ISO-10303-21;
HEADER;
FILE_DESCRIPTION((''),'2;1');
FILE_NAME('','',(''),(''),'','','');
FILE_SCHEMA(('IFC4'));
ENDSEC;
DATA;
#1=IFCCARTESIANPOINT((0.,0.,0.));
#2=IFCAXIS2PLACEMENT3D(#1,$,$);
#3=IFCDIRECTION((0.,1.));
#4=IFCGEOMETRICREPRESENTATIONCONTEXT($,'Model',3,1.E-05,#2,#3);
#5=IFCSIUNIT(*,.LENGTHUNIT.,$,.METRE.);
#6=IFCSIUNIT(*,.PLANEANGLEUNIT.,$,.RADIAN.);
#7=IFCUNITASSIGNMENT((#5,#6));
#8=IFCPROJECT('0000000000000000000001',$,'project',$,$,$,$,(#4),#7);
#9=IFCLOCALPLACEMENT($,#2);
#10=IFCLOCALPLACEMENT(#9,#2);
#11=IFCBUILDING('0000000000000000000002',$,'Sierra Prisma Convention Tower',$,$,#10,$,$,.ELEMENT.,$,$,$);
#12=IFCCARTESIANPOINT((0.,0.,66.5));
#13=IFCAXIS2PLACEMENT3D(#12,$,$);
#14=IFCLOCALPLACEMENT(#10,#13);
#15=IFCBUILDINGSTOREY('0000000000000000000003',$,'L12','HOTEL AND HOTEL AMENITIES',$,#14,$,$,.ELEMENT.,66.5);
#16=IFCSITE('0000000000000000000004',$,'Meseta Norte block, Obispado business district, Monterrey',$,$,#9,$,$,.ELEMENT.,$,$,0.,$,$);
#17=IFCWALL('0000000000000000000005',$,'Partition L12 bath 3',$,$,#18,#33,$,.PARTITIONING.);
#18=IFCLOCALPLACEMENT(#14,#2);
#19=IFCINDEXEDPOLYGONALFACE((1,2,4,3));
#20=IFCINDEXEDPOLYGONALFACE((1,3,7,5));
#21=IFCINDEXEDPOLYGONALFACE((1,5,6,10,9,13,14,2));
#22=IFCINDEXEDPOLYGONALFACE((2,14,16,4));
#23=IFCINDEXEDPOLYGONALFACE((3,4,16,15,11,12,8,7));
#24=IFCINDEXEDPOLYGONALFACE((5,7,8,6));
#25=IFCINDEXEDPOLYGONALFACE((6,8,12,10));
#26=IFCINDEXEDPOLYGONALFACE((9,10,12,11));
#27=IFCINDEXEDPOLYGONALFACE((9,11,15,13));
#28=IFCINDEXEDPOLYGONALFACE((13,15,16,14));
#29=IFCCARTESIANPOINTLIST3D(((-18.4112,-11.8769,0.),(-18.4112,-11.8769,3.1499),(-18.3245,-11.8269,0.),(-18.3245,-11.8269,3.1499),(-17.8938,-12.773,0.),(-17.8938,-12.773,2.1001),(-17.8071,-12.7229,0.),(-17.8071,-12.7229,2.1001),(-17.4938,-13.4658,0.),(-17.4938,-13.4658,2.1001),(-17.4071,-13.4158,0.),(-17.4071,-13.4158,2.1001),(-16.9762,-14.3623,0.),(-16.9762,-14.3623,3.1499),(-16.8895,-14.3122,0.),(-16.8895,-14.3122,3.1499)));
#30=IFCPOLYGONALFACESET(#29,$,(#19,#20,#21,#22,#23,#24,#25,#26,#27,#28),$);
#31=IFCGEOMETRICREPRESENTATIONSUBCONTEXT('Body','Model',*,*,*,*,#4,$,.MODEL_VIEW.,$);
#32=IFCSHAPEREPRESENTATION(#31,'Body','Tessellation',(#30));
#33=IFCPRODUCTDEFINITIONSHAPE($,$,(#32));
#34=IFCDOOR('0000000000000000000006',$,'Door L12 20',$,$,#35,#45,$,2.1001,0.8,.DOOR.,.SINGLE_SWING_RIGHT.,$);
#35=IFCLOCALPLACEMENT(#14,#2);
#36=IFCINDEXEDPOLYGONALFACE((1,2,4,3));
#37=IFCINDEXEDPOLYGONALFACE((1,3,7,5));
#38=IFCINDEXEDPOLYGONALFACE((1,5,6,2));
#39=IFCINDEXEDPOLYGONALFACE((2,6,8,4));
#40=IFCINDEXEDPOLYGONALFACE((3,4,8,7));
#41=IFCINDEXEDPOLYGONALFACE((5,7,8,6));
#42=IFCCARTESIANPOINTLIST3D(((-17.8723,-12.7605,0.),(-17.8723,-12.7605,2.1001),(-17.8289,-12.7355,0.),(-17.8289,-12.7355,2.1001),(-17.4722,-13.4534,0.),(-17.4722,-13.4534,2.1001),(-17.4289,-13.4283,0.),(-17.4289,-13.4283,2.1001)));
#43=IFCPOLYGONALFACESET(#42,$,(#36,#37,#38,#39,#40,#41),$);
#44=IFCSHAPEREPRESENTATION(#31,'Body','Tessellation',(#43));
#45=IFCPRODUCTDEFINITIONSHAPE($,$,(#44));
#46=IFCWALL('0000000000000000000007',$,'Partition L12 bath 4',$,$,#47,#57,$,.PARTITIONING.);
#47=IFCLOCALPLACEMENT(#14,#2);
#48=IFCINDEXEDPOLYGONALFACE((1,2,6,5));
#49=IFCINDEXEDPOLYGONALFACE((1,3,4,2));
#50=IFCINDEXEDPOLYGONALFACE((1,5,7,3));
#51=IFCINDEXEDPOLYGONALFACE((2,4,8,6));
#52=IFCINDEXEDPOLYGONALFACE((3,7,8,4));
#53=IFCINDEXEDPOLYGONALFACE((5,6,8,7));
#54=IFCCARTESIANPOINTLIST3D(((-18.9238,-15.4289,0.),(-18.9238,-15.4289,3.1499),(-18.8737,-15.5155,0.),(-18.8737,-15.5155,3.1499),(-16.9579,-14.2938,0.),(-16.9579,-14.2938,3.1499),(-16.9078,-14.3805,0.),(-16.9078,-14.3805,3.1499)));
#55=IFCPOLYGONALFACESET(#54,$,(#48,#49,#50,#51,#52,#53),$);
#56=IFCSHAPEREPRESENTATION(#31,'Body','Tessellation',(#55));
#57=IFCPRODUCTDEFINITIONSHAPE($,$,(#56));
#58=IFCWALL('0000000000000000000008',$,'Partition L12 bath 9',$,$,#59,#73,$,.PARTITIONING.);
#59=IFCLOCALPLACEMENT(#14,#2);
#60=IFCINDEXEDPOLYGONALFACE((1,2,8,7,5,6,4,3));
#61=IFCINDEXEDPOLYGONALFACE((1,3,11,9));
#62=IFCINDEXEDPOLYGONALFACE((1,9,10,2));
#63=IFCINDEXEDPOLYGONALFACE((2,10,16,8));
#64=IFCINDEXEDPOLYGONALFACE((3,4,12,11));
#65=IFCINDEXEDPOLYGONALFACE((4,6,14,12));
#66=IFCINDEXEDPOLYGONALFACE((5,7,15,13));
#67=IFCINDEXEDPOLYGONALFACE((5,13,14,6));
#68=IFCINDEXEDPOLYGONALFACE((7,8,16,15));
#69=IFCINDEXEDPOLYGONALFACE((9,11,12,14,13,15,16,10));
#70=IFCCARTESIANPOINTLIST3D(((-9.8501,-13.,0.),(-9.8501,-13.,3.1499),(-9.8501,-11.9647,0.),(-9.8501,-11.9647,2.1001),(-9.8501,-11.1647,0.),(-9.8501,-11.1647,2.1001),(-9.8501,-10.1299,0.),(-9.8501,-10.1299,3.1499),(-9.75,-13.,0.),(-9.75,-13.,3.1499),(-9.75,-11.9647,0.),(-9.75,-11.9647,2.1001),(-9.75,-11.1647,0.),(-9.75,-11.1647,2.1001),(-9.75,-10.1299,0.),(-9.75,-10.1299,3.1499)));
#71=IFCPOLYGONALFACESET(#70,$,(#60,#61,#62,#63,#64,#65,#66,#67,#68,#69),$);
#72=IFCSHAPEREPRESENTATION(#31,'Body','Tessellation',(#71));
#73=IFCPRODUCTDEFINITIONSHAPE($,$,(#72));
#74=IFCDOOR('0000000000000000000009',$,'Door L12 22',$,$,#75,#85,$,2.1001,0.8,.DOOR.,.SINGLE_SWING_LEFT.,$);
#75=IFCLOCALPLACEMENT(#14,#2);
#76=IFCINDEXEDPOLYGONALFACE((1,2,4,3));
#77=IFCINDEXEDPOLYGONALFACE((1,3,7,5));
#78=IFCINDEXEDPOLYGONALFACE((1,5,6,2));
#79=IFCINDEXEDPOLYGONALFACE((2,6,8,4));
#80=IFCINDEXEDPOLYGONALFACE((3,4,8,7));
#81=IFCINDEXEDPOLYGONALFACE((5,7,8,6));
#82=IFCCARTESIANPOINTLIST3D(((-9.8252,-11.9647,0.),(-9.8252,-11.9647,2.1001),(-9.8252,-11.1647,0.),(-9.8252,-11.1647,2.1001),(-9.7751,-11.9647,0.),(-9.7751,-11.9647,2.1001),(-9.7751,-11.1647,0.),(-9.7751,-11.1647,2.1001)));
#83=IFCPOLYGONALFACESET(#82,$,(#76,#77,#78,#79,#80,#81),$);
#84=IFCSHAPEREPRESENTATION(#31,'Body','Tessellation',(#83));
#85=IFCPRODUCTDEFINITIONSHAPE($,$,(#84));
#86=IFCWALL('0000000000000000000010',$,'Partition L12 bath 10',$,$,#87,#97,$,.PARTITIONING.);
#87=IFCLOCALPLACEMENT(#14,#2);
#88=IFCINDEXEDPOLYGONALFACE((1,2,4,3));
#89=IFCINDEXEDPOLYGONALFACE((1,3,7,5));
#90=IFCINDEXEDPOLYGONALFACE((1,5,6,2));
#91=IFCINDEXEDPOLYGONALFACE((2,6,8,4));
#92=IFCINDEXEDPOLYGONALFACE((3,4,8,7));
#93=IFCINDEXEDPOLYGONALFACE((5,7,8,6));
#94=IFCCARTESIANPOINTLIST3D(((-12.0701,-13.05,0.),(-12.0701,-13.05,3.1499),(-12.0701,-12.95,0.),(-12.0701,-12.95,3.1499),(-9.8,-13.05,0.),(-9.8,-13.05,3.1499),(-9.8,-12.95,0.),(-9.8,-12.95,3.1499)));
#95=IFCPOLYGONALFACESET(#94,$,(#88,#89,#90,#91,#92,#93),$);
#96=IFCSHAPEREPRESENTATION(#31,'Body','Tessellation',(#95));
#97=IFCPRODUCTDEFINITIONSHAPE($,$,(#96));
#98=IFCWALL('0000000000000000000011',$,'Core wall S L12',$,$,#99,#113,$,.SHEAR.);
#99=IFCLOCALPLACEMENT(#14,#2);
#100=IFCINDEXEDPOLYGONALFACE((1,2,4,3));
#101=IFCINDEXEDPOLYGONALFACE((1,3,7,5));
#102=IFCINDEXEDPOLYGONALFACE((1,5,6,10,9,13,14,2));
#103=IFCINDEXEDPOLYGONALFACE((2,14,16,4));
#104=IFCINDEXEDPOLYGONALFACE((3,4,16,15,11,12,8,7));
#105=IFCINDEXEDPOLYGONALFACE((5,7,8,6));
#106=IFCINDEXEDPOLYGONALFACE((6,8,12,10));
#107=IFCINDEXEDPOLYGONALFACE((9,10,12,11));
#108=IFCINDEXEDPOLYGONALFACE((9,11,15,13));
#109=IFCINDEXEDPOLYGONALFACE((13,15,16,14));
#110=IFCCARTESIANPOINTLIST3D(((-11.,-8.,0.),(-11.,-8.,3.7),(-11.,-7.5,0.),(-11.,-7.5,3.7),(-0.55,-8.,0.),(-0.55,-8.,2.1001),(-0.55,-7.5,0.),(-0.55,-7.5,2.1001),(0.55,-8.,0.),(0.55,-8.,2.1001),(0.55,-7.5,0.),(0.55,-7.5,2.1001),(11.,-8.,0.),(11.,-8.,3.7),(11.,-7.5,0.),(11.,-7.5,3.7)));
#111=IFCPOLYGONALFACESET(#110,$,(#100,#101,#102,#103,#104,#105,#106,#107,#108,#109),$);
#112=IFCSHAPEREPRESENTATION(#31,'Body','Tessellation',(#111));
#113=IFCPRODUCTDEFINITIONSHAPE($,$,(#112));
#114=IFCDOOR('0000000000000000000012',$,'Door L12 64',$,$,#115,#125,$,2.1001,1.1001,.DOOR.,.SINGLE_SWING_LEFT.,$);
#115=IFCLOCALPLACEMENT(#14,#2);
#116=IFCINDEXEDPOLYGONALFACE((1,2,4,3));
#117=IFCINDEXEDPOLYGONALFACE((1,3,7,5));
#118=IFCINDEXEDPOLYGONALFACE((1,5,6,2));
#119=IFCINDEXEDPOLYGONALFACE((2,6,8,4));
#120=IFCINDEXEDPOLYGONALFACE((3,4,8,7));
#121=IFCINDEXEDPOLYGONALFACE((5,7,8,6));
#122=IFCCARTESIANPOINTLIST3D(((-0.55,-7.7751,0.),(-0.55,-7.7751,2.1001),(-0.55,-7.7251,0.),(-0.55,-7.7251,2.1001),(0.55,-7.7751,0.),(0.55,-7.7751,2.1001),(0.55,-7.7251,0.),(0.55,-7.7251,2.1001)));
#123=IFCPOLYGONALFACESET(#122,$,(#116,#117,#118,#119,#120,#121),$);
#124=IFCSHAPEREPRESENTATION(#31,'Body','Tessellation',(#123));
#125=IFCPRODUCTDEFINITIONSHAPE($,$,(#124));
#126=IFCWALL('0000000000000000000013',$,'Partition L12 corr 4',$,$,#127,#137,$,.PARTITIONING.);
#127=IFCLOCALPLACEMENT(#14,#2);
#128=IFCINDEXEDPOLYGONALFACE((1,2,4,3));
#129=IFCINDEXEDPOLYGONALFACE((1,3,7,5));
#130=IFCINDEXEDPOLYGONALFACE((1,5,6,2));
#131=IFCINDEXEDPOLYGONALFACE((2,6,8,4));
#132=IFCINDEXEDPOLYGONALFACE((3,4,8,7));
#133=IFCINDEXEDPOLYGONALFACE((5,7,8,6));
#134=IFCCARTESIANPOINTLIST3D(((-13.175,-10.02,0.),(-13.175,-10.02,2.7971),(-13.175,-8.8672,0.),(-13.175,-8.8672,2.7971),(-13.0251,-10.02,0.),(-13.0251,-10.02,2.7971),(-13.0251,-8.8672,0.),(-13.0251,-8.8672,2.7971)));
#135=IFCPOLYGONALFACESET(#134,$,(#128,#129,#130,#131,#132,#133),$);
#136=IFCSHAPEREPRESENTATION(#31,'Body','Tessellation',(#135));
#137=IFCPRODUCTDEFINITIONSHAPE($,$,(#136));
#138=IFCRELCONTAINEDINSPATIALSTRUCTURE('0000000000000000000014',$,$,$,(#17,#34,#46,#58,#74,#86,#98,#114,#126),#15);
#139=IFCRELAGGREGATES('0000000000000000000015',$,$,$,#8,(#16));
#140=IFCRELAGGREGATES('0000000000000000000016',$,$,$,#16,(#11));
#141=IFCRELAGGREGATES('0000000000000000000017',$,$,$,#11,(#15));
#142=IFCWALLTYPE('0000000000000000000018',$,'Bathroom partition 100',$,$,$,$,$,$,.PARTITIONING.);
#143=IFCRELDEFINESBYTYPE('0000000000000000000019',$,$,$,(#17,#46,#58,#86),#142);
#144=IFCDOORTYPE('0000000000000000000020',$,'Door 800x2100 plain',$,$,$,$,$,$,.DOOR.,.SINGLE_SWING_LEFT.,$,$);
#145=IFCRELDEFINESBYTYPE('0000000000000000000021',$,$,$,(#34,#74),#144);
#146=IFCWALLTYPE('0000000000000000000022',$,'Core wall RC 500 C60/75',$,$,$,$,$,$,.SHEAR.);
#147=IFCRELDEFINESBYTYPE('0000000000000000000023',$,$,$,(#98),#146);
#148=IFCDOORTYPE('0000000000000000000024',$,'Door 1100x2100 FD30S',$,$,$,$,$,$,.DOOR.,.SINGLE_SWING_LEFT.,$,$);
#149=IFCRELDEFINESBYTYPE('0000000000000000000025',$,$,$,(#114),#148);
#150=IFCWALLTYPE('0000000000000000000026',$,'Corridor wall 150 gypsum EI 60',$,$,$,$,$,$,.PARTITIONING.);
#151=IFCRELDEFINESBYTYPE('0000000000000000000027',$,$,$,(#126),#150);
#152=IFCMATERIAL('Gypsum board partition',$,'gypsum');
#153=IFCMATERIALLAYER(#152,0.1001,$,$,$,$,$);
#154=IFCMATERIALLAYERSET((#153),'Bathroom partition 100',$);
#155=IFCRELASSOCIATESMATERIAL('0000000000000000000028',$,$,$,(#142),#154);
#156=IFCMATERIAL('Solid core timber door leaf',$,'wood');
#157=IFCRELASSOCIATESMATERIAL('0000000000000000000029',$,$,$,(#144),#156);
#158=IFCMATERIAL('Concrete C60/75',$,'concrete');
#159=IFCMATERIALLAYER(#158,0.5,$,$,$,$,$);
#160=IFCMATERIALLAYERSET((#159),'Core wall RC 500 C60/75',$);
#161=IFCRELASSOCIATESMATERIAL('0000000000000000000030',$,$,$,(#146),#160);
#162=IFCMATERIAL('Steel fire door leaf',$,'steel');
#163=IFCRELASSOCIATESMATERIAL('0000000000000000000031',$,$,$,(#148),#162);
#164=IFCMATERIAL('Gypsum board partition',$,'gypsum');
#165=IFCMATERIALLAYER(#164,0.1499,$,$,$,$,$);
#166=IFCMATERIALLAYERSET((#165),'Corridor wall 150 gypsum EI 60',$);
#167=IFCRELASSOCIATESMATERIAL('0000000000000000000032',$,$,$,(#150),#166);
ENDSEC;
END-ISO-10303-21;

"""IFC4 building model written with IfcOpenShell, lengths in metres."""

from ifc_helpers import new_model, si_unit, direction, frame, frame_2d, origin, place, context, subcontext, project, spatial, rectangle, extrude, material, layer, layer_set, type_object, element, fill, save


model = new_model("IFC4")

# Units and contexts
model_context = context("Model", 3, precision=1e-05, world=origin(), true_north=direction((0.0, 1.0)))
body_context = subcontext(model_context, "Body", "Model", "MODEL_VIEW")
ifc_project = project(units=[si_unit("LENGTHUNIT", "METRE"), si_unit("PLANEANGLEUNIT", "RADIAN")], contexts=[model_context])

# Site, building, storey
site_placement = place(None, origin())
site = spatial("IfcSite", under=ifc_project, at=site_placement, Name="Meseta Norte block, Obispado business district, Monterrey", CompositionType="ELEMENT", RefElevation=0.0)
building_placement = place(site_placement, origin())
building = spatial("IfcBuilding", under=site, at=building_placement, Name="Sierra Prisma Convention Tower", CompositionType="ELEMENT")
storey_placement = place(building_placement, frame((0.0, 0.0, 66.5)))
storey = spatial("IfcBuildingStorey", under=building, at=storey_placement, Name="L12", Description="HOTEL AND HOTEL AMENITIES", CompositionType="ELEMENT", Elevation=66.5)

# Wall, opening, door
ifc_material_1 = material(Name="Gypsum board partition", Category="gypsum")
ifc_layer_1 = layer(ifc_material_1, 0.1001)
ifc_layer_set_1 = layer_set([ifc_layer_1], Name="Bathroom partition 100")
wall_type_1 = type_object("IfcWallType", Name="Bathroom partition 100", PredefinedType="PARTITIONING", material=ifc_layer_set_1)
wall_1_placement = place(storey_placement, frame((-18.3679, -11.8518, 0.0), z_axis=(0.0, 0.0, 1.0), x_axis=(0.500037, -0.866004, 0.0)))
wall_1 = element("IfcWall", 1, at=wall_1_placement, inside=storey, type_object=wall_type_1, Name="Partition L12 bath 3", PredefinedType="PARTITIONING", context=body_context, shape_type="SweptSolid", body=[
    extrude(rectangle(XDim=2.8699, YDim=0.1001, at=frame_2d((1.4351, 0.0))), origin(), (0.0, 0.0, 1.0), 3.1499),
])
opening_1_placement = place(wall_1_placement, frame((1.0349, 0.0, 0.0)))
opening_1 = element("IfcOpeningElement", 2, at=opening_1_placement, cuts=wall_1, PredefinedType="OPENING", context=body_context, shape_type="SweptSolid", body=[
    extrude(rectangle(XDim=0.8, YDim=2.1001, at=frame_2d((0.3999, 1.05))), frame((0.0, 0.05, 0.0), z_axis=(0.0, -1.0, 0.0), x_axis=(1.0, 0.0, 0.0)), (0.0, 0.0, 1.0), 0.1001),
])
ifc_material_2 = material(Name="Solid core timber door leaf", Category="wood")
door_type_1 = type_object("IfcDoorType", Name="Door 800x2100 plain", OperationType="SINGLE_SWING_LEFT", PredefinedType="DOOR", material=ifc_material_2)
door_1_placement = place(opening_1_placement, origin())
door_1 = element("IfcDoor", 3, at=door_1_placement, inside=storey, type_object=door_type_1, Name="Door L12 20", OperationType="SINGLE_SWING_RIGHT", OverallHeight=2.1001, OverallWidth=0.8, PredefinedType="DOOR", context=body_context, shape_type="SweptSolid", body=[
    extrude(rectangle(XDim=0.8, YDim=2.1001, at=frame_2d((0.3999, 1.05))), frame((0.0, 0.0249, 0.0), z_axis=(0.0, -1.0, 0.0), x_axis=(1.0, 0.0, 0.0)), (0.0, 0.0, 1.0), 0.05),
])
fill(opening_1, door_1)

# Wall
wall_2_placement = place(storey_placement, frame((-16.9329, -14.3372, 0.0), z_axis=(0.0, 0.0, 1.0), x_axis=(-0.866017, -0.500014, 0.0)))
element("IfcWall", 4, at=wall_2_placement, inside=storey, type_object=wall_type_1, Name="Partition L12 bath 4", PredefinedType="PARTITIONING", context=body_context, shape_type="SweptSolid", body=[
    extrude(rectangle(XDim=2.27, YDim=0.1001, at=frame_2d((1.135, 0.0))), origin(), (0.0, 0.0, 1.0), 3.1499),
])

# Wall, opening, door
wall_3_placement = place(storey_placement, frame((-9.8, -10.1299, 0.0), z_axis=(0.0, 0.0, 1.0), x_axis=(0.0, -1.0, 0.0)))
wall_3 = element("IfcWall", 5, at=wall_3_placement, inside=storey, type_object=wall_type_1, Name="Partition L12 bath 9", PredefinedType="PARTITIONING", context=body_context, shape_type="SweptSolid", body=[
    extrude(rectangle(XDim=2.8701, YDim=0.1001, at=frame_2d((1.4351, 0.0))), origin(), (0.0, 0.0, 1.0), 3.1499),
])
opening_2_placement = place(wall_3_placement, frame((1.0349, 0.0, 0.0)))
opening_2 = element("IfcOpeningElement", 6, at=opening_2_placement, cuts=wall_3, PredefinedType="OPENING", context=body_context, shape_type="SweptSolid", body=[
    extrude(rectangle(XDim=0.8, YDim=2.1001, at=frame_2d((0.3999, 1.05))), frame((0.0, 0.05, 0.0), z_axis=(0.0, -1.0, 0.0), x_axis=(1.0, 0.0, 0.0)), (0.0, 0.0, 1.0), 0.1001),
])
door_2_placement = place(opening_2_placement, origin())
door_2 = element("IfcDoor", 7, at=door_2_placement, inside=storey, type_object=door_type_1, Name="Door L12 22", OperationType="SINGLE_SWING_LEFT", OverallHeight=2.1001, OverallWidth=0.8, PredefinedType="DOOR", context=body_context, shape_type="SweptSolid", body=[
    extrude(rectangle(XDim=0.8, YDim=2.1001, at=frame_2d((0.3999, 1.05))), frame((0.0, 0.0249, 0.0), z_axis=(0.0, -1.0, 0.0), x_axis=(1.0, 0.0, 0.0)), (0.0, 0.0, 1.0), 0.05),
])
fill(opening_2, door_2)

# Wall
wall_4_placement = place(storey_placement, frame((-9.8, -13.0, 0.0), z_axis=(0.0, 0.0, 1.0), x_axis=(-1.0, 0.0, 0.0)))
element("IfcWall", 8, at=wall_4_placement, inside=storey, type_object=wall_type_1, Name="Partition L12 bath 10", PredefinedType="PARTITIONING", context=body_context, shape_type="SweptSolid", body=[
    extrude(rectangle(XDim=2.27, YDim=0.1001, at=frame_2d((1.135, 0.0))), origin(), (0.0, 0.0, 1.0), 3.1499),
])

# Wall, opening, door
ifc_material_3 = material(Name="Concrete C60/75", Category="concrete")
ifc_layer_2 = layer(ifc_material_3, 0.5)
ifc_layer_set_2 = layer_set([ifc_layer_2], Name="Core wall RC 500 C60/75")
wall_type_2 = type_object("IfcWallType", Name="Core wall RC 500 C60/75", PredefinedType="SHEAR", material=ifc_layer_set_2)
wall_5_placement = place(storey_placement, frame((-11.0, -7.75, 0.0), z_axis=(0.0, 0.0, 1.0), x_axis=(1.0, 0.0, 0.0)))
wall_5 = element("IfcWall", 9, at=wall_5_placement, inside=storey, type_object=wall_type_2, Name="Core wall S L12", PredefinedType="SHEAR", context=body_context, shape_type="SweptSolid", body=[
    extrude(rectangle(XDim=22.0, YDim=0.5, at=frame_2d((11.0, 0.0))), origin(), (0.0, 0.0, 1.0), 3.7),
])
opening_3_placement = place(wall_5_placement, frame((10.45, 0.0, 0.0)))
opening_3 = element("IfcOpeningElement", 10, at=opening_3_placement, cuts=wall_5, PredefinedType="OPENING", context=body_context, shape_type="SweptSolid", body=[
    extrude(rectangle(XDim=1.1001, YDim=2.1001, at=frame_2d((0.55, 1.05))), frame((0.0, 0.25, 0.0), z_axis=(0.0, -1.0, 0.0), x_axis=(1.0, 0.0, 0.0)), (0.0, 0.0, 1.0), 0.5),
])
ifc_material_4 = material(Name="Steel fire door leaf", Category="steel")
door_type_2 = type_object("IfcDoorType", Name="Door 1100x2100 FD30S", OperationType="SINGLE_SWING_LEFT", PredefinedType="DOOR", material=ifc_material_4)
door_3_placement = place(opening_3_placement, origin())
door_3 = element("IfcDoor", 11, at=door_3_placement, inside=storey, type_object=door_type_2, Name="Door L12 64", OperationType="SINGLE_SWING_LEFT", OverallHeight=2.1001, OverallWidth=1.1001, PredefinedType="DOOR", context=body_context, shape_type="SweptSolid", body=[
    extrude(rectangle(XDim=1.1001, YDim=2.1001, at=frame_2d((0.55, 1.05))), frame((0.0, 0.0249, 0.0), z_axis=(0.0, -1.0, 0.0), x_axis=(1.0, 0.0, 0.0)), (0.0, 0.0, 1.0), 0.05),
])
fill(opening_3, door_3)

# Wall
ifc_material_5 = material(Name="Gypsum board partition", Category="gypsum")
ifc_layer_3 = layer(ifc_material_5, 0.1499)
ifc_layer_set_3 = layer_set([ifc_layer_3], Name="Corridor wall 150 gypsum EI 60")
wall_type_3 = type_object("IfcWallType", Name="Corridor wall 150 gypsum EI 60", PredefinedType="PARTITIONING", material=ifc_layer_set_3)
wall_6_placement = place(storey_placement, frame((-13.1001, -8.8672, 0.0), z_axis=(0.0, 0.0, 1.0), x_axis=(0.0, -1.0, 0.0)))
element("IfcWall", 12, at=wall_6_placement, inside=storey, type_object=wall_type_3, Name="Partition L12 corr 4", PredefinedType="PARTITIONING", context=body_context, shape_type="SweptSolid", body=[
    extrude(rectangle(XDim=1.1528, YDim=0.1499, at=frame_2d((0.5764, 0.0))), origin(), (0.0, 0.0, 1.0), 2.7971),
])

save(model, "model.ifc")
